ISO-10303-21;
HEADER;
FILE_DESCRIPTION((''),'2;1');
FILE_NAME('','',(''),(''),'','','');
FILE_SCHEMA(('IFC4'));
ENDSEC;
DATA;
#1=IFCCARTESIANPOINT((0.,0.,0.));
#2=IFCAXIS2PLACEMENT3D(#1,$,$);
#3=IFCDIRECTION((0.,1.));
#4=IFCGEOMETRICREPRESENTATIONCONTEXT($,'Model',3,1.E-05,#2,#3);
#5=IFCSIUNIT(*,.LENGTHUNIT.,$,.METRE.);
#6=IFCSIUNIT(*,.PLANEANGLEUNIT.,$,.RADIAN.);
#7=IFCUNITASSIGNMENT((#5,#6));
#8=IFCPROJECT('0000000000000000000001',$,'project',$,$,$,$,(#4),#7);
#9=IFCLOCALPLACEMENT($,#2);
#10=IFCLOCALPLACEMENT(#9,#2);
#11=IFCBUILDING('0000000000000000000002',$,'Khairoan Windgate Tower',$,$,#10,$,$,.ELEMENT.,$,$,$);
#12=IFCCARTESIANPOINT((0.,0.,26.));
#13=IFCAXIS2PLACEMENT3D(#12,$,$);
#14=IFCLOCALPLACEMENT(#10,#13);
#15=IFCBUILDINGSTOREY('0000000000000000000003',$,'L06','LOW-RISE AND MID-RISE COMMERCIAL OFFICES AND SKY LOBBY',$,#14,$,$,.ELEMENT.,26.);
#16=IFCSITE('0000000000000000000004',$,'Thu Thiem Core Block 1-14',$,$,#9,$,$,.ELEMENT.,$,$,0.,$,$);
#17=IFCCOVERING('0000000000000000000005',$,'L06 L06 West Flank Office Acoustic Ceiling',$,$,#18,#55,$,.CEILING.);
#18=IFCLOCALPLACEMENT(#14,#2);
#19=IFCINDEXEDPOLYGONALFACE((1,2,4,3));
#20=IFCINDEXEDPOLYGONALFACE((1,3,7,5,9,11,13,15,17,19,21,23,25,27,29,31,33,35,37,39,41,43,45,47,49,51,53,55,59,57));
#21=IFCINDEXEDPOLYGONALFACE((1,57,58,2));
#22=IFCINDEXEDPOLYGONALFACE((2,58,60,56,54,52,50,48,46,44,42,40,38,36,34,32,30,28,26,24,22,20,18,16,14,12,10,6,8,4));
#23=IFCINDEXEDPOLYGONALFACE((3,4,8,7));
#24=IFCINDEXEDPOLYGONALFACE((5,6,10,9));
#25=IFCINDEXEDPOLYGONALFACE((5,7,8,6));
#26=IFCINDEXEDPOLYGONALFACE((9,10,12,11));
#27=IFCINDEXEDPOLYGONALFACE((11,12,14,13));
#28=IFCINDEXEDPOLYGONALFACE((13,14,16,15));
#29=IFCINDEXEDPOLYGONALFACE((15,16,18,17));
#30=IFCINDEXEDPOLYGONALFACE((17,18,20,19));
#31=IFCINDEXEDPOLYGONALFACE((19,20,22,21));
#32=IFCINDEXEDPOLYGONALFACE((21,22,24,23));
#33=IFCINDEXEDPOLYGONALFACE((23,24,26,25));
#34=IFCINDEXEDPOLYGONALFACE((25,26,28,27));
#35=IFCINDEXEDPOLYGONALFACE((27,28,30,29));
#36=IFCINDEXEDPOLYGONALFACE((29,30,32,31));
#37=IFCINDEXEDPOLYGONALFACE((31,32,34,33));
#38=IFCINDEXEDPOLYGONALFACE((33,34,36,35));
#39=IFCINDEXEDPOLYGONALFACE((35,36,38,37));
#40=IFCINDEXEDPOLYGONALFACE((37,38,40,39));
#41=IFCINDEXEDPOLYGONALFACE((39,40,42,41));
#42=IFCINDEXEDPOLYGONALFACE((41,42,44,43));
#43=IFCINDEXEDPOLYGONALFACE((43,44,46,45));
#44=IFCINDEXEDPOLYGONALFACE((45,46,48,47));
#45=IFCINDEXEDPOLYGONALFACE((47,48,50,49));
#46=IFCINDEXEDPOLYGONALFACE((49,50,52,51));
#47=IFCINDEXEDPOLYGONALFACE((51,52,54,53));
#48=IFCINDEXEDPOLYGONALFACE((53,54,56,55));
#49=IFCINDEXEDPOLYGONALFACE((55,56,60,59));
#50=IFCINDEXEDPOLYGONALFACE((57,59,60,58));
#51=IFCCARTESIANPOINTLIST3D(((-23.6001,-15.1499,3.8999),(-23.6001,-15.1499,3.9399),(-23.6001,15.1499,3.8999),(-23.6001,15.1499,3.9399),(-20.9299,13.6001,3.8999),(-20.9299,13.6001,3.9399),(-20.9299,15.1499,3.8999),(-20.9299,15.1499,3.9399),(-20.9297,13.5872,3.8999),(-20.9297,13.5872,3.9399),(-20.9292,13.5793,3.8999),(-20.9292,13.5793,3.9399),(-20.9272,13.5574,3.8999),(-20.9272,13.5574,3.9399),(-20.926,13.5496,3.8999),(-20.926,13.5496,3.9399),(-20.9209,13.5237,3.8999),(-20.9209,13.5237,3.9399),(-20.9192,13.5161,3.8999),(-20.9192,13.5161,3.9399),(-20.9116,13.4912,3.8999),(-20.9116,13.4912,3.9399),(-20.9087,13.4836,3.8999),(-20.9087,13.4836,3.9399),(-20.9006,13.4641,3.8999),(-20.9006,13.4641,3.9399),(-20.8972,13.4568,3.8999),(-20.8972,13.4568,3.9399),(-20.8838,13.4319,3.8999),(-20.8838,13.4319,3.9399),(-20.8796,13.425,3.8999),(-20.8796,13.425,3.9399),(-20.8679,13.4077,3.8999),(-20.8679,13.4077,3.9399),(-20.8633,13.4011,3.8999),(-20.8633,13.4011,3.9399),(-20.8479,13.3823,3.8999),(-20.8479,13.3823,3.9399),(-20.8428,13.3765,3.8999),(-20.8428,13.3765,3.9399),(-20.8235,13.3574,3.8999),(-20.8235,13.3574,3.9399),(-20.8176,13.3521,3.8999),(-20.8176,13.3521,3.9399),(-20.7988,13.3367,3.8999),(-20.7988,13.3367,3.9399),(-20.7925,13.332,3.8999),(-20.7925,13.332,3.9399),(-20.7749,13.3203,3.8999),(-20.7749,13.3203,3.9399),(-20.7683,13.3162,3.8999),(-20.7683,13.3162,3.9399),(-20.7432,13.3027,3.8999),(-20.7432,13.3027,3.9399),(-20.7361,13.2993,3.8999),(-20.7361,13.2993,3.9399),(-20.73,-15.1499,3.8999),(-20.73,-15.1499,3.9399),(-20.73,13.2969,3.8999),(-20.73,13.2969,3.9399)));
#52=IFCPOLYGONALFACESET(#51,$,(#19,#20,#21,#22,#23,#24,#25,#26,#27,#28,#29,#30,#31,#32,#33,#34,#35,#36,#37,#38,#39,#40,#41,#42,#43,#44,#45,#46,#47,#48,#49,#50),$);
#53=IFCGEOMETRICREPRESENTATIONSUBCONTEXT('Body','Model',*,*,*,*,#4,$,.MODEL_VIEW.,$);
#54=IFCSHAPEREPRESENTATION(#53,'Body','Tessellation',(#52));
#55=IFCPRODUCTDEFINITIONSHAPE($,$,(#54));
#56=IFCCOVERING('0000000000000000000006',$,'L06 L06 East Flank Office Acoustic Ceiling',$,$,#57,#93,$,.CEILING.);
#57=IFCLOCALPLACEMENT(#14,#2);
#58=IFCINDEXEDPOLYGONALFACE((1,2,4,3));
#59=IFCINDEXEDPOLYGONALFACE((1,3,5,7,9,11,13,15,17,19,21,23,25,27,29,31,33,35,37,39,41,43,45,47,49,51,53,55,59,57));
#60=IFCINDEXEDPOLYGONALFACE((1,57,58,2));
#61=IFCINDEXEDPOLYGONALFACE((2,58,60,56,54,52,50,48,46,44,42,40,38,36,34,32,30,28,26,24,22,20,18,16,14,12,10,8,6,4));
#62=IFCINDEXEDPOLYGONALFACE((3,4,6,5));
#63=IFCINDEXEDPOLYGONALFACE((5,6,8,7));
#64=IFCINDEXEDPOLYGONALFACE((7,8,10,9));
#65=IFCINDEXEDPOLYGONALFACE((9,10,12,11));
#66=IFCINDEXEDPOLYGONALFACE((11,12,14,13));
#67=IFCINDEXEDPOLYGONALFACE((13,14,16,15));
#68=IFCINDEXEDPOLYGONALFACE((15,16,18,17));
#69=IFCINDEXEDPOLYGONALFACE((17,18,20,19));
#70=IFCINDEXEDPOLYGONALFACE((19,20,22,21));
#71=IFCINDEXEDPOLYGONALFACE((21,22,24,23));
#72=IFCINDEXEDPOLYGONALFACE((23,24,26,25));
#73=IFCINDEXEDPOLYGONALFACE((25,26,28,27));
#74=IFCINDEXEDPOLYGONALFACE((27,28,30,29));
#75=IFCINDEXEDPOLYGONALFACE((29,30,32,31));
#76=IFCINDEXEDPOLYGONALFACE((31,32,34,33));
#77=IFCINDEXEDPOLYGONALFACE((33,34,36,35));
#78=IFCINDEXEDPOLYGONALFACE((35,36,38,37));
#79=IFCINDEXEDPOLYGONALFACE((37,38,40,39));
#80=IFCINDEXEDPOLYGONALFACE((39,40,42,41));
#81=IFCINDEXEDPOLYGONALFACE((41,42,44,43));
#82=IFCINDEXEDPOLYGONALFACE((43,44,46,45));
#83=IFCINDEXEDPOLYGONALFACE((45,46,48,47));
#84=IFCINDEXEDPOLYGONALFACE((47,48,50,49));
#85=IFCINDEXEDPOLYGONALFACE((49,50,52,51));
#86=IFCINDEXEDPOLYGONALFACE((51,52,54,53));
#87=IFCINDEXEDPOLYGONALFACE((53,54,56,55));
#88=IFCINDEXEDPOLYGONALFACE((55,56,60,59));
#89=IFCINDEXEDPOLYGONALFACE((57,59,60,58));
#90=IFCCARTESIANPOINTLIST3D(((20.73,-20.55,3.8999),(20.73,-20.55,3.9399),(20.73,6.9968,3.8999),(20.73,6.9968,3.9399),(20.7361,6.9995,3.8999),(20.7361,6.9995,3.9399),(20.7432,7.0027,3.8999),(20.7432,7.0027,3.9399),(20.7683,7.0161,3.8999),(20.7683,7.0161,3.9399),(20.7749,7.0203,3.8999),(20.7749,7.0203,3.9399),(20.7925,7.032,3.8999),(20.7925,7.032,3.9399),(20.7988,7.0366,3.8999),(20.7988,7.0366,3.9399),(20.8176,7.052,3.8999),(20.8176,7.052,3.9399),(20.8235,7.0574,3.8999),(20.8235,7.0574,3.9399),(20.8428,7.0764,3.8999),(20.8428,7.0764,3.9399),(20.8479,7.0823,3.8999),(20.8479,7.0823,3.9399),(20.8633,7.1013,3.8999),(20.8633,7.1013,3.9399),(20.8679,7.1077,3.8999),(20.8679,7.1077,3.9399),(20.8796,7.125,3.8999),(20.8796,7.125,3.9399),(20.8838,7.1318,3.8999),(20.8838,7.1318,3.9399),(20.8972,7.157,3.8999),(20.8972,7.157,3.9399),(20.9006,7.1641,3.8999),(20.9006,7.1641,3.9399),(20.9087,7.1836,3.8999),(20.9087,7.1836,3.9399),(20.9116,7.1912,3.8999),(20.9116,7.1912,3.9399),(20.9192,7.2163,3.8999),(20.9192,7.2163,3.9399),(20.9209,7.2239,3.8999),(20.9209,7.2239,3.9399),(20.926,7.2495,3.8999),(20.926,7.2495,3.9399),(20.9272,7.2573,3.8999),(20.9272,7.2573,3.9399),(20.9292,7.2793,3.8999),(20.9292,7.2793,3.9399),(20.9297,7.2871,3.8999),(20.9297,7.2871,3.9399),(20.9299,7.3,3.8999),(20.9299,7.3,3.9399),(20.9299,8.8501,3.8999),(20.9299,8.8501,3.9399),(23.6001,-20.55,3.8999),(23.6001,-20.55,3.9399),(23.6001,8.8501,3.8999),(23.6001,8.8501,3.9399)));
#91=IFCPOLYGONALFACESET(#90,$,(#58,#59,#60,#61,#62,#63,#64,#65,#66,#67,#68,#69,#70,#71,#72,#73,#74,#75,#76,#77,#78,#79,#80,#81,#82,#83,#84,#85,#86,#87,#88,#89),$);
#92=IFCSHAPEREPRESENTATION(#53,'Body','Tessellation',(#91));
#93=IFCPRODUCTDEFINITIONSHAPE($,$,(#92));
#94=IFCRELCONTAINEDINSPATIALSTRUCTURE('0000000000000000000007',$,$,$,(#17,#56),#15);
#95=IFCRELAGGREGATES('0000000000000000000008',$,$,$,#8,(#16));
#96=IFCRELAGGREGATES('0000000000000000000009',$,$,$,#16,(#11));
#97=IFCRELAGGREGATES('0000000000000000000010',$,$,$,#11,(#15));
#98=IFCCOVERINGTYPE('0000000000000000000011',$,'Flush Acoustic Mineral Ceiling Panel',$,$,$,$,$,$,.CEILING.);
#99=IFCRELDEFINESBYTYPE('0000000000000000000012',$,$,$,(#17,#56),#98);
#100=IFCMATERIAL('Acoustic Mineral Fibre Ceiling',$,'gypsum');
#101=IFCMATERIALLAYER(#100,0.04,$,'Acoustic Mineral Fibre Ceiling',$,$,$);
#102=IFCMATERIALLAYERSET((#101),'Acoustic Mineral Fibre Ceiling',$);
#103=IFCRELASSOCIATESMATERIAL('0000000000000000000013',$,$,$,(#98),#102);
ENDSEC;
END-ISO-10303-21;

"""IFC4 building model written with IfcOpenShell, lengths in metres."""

from ifc_helpers import new_model, si_unit, direction, frame, origin, place, context, subcontext, project, spatial, polyline, outline, extrude, material, layer, layer_set, type_object, element, save


model = new_model("IFC4")

# Units and contexts
model_context = context("Model", 3, precision=1e-05, world=origin(), true_north=direction((0.0, 1.0)))
body_context = subcontext(model_context, "Body", "Model", "MODEL_VIEW")
ifc_project = project(units=[si_unit("LENGTHUNIT", "METRE"), si_unit("PLANEANGLEUNIT", "RADIAN")], contexts=[model_context])

# Site, building, storey
site_placement = place(None, origin())
site = spatial("IfcSite", under=ifc_project, at=site_placement, Name="Thu Thiem Core Block 1-14", CompositionType="ELEMENT", RefElevation=0.0)
building_placement = place(site_placement, origin())
building = spatial("IfcBuilding", under=site, at=building_placement, Name="Khairoan Windgate Tower", CompositionType="ELEMENT")
storey_placement = place(building_placement, frame((0.0, 0.0, 26.0)))
storey = spatial("IfcBuildingStorey", under=building, at=storey_placement, Name="L06", Description="LOW-RISE AND MID-RISE COMMERCIAL OFFICES AND SKY LOBBY", CompositionType="ELEMENT", Elevation=26.0)

# Coverings
ifc_material_1 = material(Name="Acoustic Mineral Fibre Ceiling", Category="gypsum")
ifc_layer_1 = layer(ifc_material_1, 0.04, Name="Acoustic Mineral Fibre Ceiling")
ifc_layer_set_1 = layer_set([ifc_layer_1], Name="Acoustic Mineral Fibre Ceiling")
covering_type_1 = type_object("IfcCoveringType", Name="Flush Acoustic Mineral Ceiling Panel", PredefinedType="CEILING", material=ifc_layer_set_1)
covering_1_placement = place(storey_placement, frame((0.0, 0.0, 3.8999)))
element("IfcCovering", 1, at=covering_1_placement, inside=storey, type_object=covering_type_1, Name="L06 L06 West Flank Office Acoustic Ceiling", PredefinedType="CEILING", context=body_context, shape_type="SweptSolid", body=[
    extrude(outline(polyline([(-23.6001, 15.1499), (-20.9299, 15.1499), (-20.9299, 13.6001), (-20.9297, 13.5872), (-20.9292, 13.5793), (-20.9272, 13.5574), (-20.926, 13.5496), (-20.9209, 13.5237), (-20.9192, 13.5161), (-20.9116, 13.4912), (-20.9087, 13.4836), (-20.9006, 13.4641), (-20.8972, 13.4568), (-20.8838, 13.4319), (-20.8796, 13.425), (-20.8679, 13.4077), (-20.8633, 13.4011), (-20.8479, 13.3823), (-20.8428, 13.3765), (-20.8235, 13.3574), (-20.8176, 13.3521), (-20.7988, 13.3367), (-20.7925, 13.332), (-20.7749, 13.3203), (-20.7683, 13.3162), (-20.7432, 13.3027), (-20.7361, 13.2993), (-20.73, 13.2969), (-20.73, -15.1499), (-23.6001, -15.1499), (-23.6001, 15.1499)])), origin(), (0.0, 0.0, 1.0), 0.04),
])
covering_2_placement = place(storey_placement, frame((0.0, 0.0, 3.8999)))
element("IfcCovering", 2, at=covering_2_placement, inside=storey, type_object=covering_type_1, Name="L06 L06 East Flank Office Acoustic Ceiling", PredefinedType="CEILING", context=body_context, shape_type="SweptSolid", body=[
    extrude(outline(polyline([(20.73, 6.9968), (20.7361, 6.9995), (20.7432, 7.0027), (20.7683, 7.0161), (20.7749, 7.0203), (20.7925, 7.032), (20.7988, 7.0366), (20.8176, 7.052), (20.8235, 7.0574), (20.8428, 7.0764), (20.8479, 7.0823), (20.8633, 7.1013), (20.8679, 7.1077), (20.8796, 7.125), (20.8838, 7.1318), (20.8972, 7.157), (20.9006, 7.1641), (20.9087, 7.1836), (20.9116, 7.1912), (20.9192, 7.2163), (20.9209, 7.2239), (20.926, 7.2495), (20.9272, 7.2573), (20.9292, 7.2793), (20.9297, 7.2871), (20.9299, 7.3), (20.9299, 8.8501), (23.6001, 8.8501), (23.6001, -20.55), (20.73, -20.55), (20.73, 6.9968)])), origin(), (0.0, 0.0, 1.0), 0.04),
])

save(model, "model.ifc")
